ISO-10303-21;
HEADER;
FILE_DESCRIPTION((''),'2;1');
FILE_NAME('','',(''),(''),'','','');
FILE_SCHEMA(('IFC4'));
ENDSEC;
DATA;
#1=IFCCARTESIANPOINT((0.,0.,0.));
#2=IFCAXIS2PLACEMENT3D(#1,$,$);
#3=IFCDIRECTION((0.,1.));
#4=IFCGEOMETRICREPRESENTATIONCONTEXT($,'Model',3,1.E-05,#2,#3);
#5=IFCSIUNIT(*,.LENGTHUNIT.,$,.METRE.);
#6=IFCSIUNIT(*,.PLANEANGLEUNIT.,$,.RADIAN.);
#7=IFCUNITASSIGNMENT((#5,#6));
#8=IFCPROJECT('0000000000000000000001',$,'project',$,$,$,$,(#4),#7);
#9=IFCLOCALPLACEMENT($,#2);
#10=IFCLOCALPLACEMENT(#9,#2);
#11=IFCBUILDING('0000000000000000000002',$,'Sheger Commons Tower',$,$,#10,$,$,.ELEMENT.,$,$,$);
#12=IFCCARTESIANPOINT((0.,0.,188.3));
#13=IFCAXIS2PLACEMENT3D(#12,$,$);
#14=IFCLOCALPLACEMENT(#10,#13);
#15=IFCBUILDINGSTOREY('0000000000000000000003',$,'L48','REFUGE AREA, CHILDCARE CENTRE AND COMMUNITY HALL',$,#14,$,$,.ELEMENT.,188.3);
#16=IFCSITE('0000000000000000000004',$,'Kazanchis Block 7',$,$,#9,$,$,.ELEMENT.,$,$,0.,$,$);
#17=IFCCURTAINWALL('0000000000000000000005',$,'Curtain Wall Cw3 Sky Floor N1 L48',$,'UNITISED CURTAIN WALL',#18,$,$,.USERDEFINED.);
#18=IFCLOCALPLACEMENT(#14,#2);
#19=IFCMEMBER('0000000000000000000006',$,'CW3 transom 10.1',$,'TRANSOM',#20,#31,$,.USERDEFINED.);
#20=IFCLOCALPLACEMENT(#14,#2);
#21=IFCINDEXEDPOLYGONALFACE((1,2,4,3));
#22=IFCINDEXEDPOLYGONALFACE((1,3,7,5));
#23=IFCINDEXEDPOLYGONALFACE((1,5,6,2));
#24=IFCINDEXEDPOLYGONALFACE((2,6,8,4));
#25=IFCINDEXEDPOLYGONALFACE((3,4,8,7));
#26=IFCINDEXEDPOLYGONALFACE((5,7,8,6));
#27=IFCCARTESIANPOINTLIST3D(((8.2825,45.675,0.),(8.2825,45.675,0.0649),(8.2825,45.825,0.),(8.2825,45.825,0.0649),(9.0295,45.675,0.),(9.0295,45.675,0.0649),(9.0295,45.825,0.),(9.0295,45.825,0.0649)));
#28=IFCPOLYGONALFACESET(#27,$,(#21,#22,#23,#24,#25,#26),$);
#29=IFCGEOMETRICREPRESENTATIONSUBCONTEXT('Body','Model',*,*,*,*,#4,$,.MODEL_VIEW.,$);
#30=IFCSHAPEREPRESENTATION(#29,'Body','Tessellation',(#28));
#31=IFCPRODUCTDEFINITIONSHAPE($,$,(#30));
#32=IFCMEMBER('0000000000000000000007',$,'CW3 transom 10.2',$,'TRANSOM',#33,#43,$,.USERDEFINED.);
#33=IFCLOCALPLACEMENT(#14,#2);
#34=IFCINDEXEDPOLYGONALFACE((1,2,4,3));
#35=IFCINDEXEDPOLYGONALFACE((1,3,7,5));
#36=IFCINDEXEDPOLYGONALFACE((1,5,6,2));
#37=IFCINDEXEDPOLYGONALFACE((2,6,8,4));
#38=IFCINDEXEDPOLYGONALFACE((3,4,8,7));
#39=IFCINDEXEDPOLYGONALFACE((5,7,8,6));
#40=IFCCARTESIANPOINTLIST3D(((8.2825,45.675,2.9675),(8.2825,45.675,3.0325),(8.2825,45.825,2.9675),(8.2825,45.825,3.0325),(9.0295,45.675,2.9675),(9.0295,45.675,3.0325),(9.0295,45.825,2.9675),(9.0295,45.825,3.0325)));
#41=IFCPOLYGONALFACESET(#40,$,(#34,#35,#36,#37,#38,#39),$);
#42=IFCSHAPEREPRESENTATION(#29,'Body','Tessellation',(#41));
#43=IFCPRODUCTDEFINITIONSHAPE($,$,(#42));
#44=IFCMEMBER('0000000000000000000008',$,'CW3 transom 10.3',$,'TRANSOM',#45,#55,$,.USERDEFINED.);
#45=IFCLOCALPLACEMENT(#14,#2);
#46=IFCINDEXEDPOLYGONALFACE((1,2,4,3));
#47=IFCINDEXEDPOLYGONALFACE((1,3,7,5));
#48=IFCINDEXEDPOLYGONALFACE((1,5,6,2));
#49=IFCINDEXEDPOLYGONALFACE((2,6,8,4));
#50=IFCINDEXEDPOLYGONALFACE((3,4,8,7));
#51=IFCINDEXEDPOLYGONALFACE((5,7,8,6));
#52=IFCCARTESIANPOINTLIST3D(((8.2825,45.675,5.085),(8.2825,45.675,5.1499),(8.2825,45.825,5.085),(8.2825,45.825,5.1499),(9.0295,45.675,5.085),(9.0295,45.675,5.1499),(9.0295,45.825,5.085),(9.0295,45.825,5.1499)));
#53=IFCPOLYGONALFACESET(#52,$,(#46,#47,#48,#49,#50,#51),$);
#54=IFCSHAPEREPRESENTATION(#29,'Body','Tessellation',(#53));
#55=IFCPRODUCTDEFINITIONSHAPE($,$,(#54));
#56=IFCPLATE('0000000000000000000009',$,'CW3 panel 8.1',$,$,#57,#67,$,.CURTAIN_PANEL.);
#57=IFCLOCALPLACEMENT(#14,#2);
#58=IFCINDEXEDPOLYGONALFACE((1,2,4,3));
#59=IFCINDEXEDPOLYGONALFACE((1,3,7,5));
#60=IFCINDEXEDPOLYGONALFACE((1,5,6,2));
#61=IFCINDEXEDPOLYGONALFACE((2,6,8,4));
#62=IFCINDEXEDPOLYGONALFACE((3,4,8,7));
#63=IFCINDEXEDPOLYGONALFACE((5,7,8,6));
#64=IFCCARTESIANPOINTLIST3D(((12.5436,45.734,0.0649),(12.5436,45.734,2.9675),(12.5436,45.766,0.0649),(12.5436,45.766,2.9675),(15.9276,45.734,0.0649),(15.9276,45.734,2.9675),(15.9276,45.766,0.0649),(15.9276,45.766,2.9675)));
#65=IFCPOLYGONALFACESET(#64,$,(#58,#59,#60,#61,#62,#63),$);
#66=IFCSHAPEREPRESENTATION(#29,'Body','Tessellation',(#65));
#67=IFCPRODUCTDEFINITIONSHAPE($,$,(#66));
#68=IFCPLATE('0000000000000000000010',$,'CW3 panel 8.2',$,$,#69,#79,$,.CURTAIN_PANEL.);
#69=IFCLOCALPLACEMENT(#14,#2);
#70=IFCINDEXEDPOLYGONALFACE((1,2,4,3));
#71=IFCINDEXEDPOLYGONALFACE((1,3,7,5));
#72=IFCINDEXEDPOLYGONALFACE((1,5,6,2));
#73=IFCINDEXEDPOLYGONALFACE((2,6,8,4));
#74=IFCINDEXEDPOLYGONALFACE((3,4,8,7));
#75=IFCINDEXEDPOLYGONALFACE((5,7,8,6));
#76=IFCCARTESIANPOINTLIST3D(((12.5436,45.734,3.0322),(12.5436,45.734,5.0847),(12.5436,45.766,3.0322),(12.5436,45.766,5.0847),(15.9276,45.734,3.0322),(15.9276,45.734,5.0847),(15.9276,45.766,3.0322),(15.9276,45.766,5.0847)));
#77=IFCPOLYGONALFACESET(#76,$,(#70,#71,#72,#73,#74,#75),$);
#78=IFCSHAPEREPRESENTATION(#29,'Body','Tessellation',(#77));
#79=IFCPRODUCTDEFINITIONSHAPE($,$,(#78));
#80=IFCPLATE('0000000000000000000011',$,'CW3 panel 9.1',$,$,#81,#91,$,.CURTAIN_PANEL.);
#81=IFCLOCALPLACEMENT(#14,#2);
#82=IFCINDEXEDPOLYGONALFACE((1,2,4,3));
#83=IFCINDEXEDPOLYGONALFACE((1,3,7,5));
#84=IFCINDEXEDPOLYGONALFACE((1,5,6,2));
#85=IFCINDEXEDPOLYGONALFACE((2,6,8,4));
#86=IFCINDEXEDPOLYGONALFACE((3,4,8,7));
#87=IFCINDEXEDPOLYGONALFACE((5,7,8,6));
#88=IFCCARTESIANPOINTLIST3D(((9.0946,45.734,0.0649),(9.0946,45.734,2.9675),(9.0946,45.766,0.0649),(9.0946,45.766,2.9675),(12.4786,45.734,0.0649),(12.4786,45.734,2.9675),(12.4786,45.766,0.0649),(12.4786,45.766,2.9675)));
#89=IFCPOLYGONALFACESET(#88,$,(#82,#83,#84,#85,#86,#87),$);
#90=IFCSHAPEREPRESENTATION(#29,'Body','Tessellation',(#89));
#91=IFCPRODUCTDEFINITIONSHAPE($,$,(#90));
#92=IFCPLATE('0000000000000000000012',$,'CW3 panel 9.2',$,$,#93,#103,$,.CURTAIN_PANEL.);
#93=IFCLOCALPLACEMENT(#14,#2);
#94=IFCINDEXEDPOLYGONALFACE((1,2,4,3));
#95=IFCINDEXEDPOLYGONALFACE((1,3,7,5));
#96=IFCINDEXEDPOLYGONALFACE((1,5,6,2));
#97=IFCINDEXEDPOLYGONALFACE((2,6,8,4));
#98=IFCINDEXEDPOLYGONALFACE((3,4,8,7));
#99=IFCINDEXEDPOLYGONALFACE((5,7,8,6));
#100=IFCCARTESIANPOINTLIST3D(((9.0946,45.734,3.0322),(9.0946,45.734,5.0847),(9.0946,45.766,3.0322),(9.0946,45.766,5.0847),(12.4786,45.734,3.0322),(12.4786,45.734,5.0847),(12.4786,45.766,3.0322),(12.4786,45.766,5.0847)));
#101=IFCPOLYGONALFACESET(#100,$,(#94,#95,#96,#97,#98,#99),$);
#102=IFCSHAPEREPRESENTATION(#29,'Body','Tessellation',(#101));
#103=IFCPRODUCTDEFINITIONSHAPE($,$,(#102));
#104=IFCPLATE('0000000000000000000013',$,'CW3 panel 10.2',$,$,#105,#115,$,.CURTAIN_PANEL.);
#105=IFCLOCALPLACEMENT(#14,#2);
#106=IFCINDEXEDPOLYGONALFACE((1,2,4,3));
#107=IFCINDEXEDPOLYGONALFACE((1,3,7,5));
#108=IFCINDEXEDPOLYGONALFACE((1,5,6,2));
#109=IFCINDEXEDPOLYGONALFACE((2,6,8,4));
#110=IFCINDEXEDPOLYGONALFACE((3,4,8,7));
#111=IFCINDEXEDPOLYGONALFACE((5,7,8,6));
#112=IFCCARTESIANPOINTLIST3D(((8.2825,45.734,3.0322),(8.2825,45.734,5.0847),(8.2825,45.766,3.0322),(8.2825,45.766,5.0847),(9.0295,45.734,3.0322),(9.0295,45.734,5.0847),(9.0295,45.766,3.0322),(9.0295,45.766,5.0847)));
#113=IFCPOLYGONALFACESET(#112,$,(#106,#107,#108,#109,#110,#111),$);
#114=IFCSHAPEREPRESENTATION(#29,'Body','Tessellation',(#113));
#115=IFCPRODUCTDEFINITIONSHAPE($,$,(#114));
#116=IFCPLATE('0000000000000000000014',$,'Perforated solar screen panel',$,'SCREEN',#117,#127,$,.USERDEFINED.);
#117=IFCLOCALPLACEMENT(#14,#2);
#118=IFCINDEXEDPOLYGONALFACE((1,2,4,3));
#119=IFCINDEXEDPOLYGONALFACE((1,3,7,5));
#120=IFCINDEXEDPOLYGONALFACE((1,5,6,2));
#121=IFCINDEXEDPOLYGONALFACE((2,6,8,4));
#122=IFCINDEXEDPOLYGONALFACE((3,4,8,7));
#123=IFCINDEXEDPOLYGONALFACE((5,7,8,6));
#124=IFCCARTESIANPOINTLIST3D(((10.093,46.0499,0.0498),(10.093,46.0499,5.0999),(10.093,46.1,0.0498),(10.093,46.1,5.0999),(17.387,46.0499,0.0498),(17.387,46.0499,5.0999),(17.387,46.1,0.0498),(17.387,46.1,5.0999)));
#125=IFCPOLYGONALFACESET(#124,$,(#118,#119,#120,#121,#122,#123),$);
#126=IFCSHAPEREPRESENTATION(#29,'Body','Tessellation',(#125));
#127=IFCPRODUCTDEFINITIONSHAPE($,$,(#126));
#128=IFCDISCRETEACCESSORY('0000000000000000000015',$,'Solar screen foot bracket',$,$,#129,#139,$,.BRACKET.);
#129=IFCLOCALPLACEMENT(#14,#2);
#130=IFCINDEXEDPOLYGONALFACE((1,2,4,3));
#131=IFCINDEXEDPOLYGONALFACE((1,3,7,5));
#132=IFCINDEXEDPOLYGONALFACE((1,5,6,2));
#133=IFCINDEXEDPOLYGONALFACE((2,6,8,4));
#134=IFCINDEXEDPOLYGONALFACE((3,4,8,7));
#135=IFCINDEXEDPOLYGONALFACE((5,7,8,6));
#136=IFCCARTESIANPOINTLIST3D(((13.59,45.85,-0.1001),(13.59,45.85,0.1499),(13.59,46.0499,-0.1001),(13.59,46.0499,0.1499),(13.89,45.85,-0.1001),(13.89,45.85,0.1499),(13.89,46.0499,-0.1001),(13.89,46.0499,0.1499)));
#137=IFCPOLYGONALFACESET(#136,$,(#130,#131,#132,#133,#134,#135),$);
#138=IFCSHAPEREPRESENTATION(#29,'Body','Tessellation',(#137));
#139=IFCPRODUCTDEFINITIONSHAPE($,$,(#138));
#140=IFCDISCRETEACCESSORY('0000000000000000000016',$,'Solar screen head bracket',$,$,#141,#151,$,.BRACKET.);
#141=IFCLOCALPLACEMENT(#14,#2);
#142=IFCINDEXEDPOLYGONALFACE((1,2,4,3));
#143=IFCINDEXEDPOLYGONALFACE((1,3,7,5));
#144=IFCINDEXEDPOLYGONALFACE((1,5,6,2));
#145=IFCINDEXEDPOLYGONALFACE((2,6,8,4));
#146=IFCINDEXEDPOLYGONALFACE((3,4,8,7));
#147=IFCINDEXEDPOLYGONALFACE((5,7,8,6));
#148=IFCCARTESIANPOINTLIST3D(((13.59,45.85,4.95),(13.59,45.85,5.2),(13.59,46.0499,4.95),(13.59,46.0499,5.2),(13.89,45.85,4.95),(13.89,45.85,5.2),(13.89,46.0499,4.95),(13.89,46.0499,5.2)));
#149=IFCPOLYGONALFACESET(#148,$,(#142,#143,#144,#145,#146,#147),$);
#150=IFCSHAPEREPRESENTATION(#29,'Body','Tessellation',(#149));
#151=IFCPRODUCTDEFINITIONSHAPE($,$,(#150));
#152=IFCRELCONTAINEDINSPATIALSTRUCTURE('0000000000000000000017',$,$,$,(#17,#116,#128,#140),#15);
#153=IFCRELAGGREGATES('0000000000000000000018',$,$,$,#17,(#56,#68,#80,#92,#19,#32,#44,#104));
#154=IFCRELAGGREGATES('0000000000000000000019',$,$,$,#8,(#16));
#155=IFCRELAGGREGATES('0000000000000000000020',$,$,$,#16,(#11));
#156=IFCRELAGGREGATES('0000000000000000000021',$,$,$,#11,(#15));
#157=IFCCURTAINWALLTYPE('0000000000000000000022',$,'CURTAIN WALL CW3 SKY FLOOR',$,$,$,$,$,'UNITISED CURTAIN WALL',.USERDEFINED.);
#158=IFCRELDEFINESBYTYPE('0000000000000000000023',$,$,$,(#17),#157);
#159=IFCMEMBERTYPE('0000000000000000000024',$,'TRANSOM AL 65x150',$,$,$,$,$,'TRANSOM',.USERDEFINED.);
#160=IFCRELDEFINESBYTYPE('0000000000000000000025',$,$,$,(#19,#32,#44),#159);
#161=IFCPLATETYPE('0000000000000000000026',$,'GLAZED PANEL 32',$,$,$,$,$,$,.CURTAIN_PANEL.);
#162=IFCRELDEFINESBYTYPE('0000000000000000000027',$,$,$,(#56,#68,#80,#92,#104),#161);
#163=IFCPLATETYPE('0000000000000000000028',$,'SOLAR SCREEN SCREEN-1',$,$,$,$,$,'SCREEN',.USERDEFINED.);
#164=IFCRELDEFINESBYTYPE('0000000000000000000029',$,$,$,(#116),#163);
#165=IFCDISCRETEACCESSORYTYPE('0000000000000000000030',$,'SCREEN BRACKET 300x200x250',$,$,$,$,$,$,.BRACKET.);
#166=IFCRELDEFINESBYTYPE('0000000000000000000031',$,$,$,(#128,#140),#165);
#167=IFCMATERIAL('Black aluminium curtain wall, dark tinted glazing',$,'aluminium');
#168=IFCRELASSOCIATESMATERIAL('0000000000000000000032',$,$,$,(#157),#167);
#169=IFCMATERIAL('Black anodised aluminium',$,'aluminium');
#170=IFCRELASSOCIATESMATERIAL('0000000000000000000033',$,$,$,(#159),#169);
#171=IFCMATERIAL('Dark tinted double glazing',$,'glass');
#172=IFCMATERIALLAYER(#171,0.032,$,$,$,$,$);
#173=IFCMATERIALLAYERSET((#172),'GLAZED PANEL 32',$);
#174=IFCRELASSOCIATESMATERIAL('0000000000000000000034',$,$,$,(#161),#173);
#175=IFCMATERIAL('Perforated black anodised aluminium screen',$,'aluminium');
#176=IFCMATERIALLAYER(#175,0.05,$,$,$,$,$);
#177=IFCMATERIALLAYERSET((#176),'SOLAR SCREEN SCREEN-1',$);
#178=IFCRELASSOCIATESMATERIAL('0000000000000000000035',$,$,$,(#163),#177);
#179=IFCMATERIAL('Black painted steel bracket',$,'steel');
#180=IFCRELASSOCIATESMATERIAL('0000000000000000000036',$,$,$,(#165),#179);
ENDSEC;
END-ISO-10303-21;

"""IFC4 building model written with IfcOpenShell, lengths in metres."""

from ifc_helpers import new_model, si_unit, direction, frame, origin, origin_2d, place, context, subcontext, project, spatial, rectangle, extrude, material, layer, layer_set, material_profile, profile_set, type_object, element, aggregate, save


model = new_model("IFC4")

# Units and contexts
model_context = context("Model", 3, precision=1e-05, world=origin(), true_north=direction((0.0, 1.0)))
body_context = subcontext(model_context, "Body", "Model", "MODEL_VIEW")
ifc_project = project(units=[si_unit("LENGTHUNIT", "METRE"), si_unit("PLANEANGLEUNIT", "RADIAN")], contexts=[model_context])

# Site, building, storey
site_placement = place(None, origin())
site = spatial("IfcSite", under=ifc_project, at=site_placement, Name="Kazanchis Block 7", CompositionType="ELEMENT", RefElevation=0.0)
building_placement = place(site_placement, origin())
building = spatial("IfcBuilding", under=site, at=building_placement, Name="Sheger Commons Tower", CompositionType="ELEMENT")
storey_placement = place(building_placement, frame((0.0, 0.0, 188.3)))
storey = spatial("IfcBuildingStorey", under=building, at=storey_placement, Name="L48", Description="REFUGE AREA, CHILDCARE CENTRE AND COMMUNITY HALL", CompositionType="ELEMENT", Elevation=188.3)

# Curtain wall
ifc_material_1 = material(Name="Black aluminium curtain wall, dark tinted glazing", Category="aluminium")
curtain_wall_type = type_object("IfcCurtainWallType", Name="CURTAIN WALL CW3 SKY FLOOR", ElementType="UNITISED CURTAIN WALL", PredefinedType="USERDEFINED", material=ifc_material_1)
curtain_wall_placement = place(storey_placement, origin())
curtain_wall = element("IfcCurtainWall", 1, at=curtain_wall_placement, inside=storey, type_object=curtain_wall_type, Name="Curtain Wall Cw3 Sky Floor N1 L48", ObjectType="UNITISED CURTAIN WALL", PredefinedType="USERDEFINED")

# Members
ifc_material_2 = material(Name="Black anodised aluminium", Category="aluminium")
ifc_material_profile_1 = material_profile(ifc_material_2, rectangle(XDim=0.1499, YDim=0.0649, at=origin_2d()), Name="AL 65x150")
ifc_profile_set_1 = profile_set([ifc_material_profile_1], Name="Black anodised aluminium")
member_type_1 = type_object("IfcMemberType", Name="TRANSOM AL 65x150", ElementType="TRANSOM", PredefinedType="USERDEFINED", material=ifc_profile_set_1)
member_1_placement = place(storey_placement, frame((9.0295, 45.75, 0.0325), z_axis=(-1.0, 0.0, 0.0), x_axis=(0.0, -1.0, 0.0)))
member_1 = element("IfcMember", 2, at=member_1_placement, type_object=member_type_1, Name="CW3 transom 10.1", ObjectType="TRANSOM", PredefinedType="USERDEFINED", context=body_context, shape_type="SweptSolid", body=[
    extrude(rectangle(XDim=0.1499, YDim=0.0649, at=origin_2d()), origin(), (0.0, 0.0, 1.0), 0.7471),
])
member_2_placement = place(storey_placement, frame((9.0295, 45.75, 3.0), z_axis=(-1.0, 0.0, 0.0), x_axis=(0.0, -1.0, 0.0)))
member_2 = element("IfcMember", 3, at=member_2_placement, type_object=member_type_1, Name="CW3 transom 10.2", ObjectType="TRANSOM", PredefinedType="USERDEFINED", context=body_context, shape_type="SweptSolid", body=[
    extrude(rectangle(XDim=0.1499, YDim=0.0649, at=origin_2d()), origin(), (0.0, 0.0, 1.0), 0.7471),
])
member_3_placement = place(storey_placement, frame((9.0295, 45.75, 5.1174), z_axis=(-1.0, 0.0, 0.0), x_axis=(0.0, -1.0, 0.0)))
member_3 = element("IfcMember", 4, at=member_3_placement, type_object=member_type_1, Name="CW3 transom 10.3", ObjectType="TRANSOM", PredefinedType="USERDEFINED", context=body_context, shape_type="SweptSolid", body=[
    extrude(rectangle(XDim=0.1499, YDim=0.0649, at=origin_2d()), origin(), (0.0, 0.0, 1.0), 0.7471),
])

# Plates
ifc_material_3 = material(Name="Dark tinted double glazing", Category="glass")
ifc_layer_1 = layer(ifc_material_3, 0.032)
ifc_layer_set_1 = layer_set([ifc_layer_1], Name="GLAZED PANEL 32")
plate_type_1 = type_object("IfcPlateType", Name="GLAZED PANEL 32", PredefinedType="CURTAIN_PANEL", material=ifc_layer_set_1)
plate_1_placement = place(storey_placement, frame((14.2356, 45.75, 0.0649), z_axis=(0.0, 0.0, 1.0), x_axis=(-1.0, 0.0, 0.0)))
plate_1 = element("IfcPlate", 5, at=plate_1_placement, type_object=plate_type_1, Name="CW3 panel 8.1", PredefinedType="CURTAIN_PANEL", context=body_context, shape_type="SweptSolid", body=[
    extrude(rectangle(XDim=3.384, YDim=0.032, at=origin_2d()), origin(), (0.0, 0.0, 1.0), 2.9026),
])
plate_2_placement = place(storey_placement, frame((14.2356, 45.75, 3.0322), z_axis=(0.0, 0.0, 1.0), x_axis=(-1.0, 0.0, 0.0)))
plate_2 = element("IfcPlate", 6, at=plate_2_placement, type_object=plate_type_1, Name="CW3 panel 8.2", PredefinedType="CURTAIN_PANEL", context=body_context, shape_type="SweptSolid", body=[
    extrude(rectangle(XDim=3.384, YDim=0.032, at=origin_2d()), origin(), (0.0, 0.0, 1.0), 2.0525),
])
plate_3_placement = place(storey_placement, frame((10.7866, 45.75, 0.0649), z_axis=(0.0, 0.0, 1.0), x_axis=(-1.0, 0.0, 0.0)))
plate_3 = element("IfcPlate", 7, at=plate_3_placement, type_object=plate_type_1, Name="CW3 panel 9.1", PredefinedType="CURTAIN_PANEL", context=body_context, shape_type="SweptSolid", body=[
    extrude(rectangle(XDim=3.384, YDim=0.032, at=origin_2d()), origin(), (0.0, 0.0, 1.0), 2.9026),
])
plate_4_placement = place(storey_placement, frame((10.7866, 45.75, 3.0322), z_axis=(0.0, 0.0, 1.0), x_axis=(-1.0, 0.0, 0.0)))
plate_4 = element("IfcPlate", 8, at=plate_4_placement, type_object=plate_type_1, Name="CW3 panel 9.2", PredefinedType="CURTAIN_PANEL", context=body_context, shape_type="SweptSolid", body=[
    extrude(rectangle(XDim=3.384, YDim=0.032, at=origin_2d()), origin(), (0.0, 0.0, 1.0), 2.0525),
])
plate_5_placement = place(storey_placement, frame((8.656, 45.75, 3.0322), z_axis=(0.0, 0.0, 1.0), x_axis=(-1.0, 0.0, 0.0)))
plate_5 = element("IfcPlate", 9, at=plate_5_placement, type_object=plate_type_1, Name="CW3 panel 10.2", PredefinedType="CURTAIN_PANEL", context=body_context, shape_type="SweptSolid", body=[
    extrude(rectangle(XDim=0.7471, YDim=0.032, at=origin_2d()), origin(), (0.0, 0.0, 1.0), 2.0525),
])
aggregate(curtain_wall, [plate_1, plate_2, plate_3, plate_4, member_1, member_2, member_3, plate_5])
ifc_material_4 = material(Name="Perforated black anodised aluminium screen", Category="aluminium")
ifc_layer_2 = layer(ifc_material_4, 0.05)
ifc_layer_set_2 = layer_set([ifc_layer_2], Name="SOLAR SCREEN SCREEN-1")
plate_type_2 = type_object("IfcPlateType", Name="SOLAR SCREEN SCREEN-1", ElementType="SCREEN", PredefinedType="USERDEFINED", material=ifc_layer_set_2)
plate_6_placement = place(storey_placement, frame((13.74, 46.075, 0.0498), z_axis=(0.0, 0.0, 1.0), x_axis=(-1.0, 0.0, 0.0)))
element("IfcPlate", 10, at=plate_6_placement, inside=storey, type_object=plate_type_2, Name="Perforated solar screen panel", ObjectType="SCREEN", PredefinedType="USERDEFINED", context=body_context, shape_type="SweptSolid", body=[
    extrude(rectangle(XDim=7.2939, YDim=0.05, at=origin_2d()), origin(), (0.0, 0.0, 1.0), 5.05),
])

# Discrete accessories
ifc_material_5 = material(Name="Black painted steel bracket", Category="steel")
discrete_accessory_type = type_object("IfcDiscreteAccessoryType", Name="SCREEN BRACKET 300x200x250", PredefinedType="BRACKET", material=ifc_material_5)
for number, where, z_axis, x_axis, name in (
    (11, (13.74, 45.95, -0.1001), (0.0, 0.0, 1.0), (-1.0, 0.0, 0.0), "Solar screen foot bracket"),
    (12, (13.74, 45.95, 4.95), (0.0, 0.0, 1.0), (-1.0, 0.0, 0.0), "Solar screen head bracket"),
):
    element("IfcDiscreteAccessory", number, at=place(storey_placement, frame(where, z_axis=z_axis, x_axis=x_axis)), inside=storey, type_object=discrete_accessory_type, Name=name, PredefinedType="BRACKET", context=body_context, shape_type="SweptSolid", body=[
        extrude(rectangle(XDim=0.3, YDim=0.2, at=origin_2d()), origin(), (0.0, 0.0, 1.0), 0.25),
    ])

save(model, "model.ifc")
